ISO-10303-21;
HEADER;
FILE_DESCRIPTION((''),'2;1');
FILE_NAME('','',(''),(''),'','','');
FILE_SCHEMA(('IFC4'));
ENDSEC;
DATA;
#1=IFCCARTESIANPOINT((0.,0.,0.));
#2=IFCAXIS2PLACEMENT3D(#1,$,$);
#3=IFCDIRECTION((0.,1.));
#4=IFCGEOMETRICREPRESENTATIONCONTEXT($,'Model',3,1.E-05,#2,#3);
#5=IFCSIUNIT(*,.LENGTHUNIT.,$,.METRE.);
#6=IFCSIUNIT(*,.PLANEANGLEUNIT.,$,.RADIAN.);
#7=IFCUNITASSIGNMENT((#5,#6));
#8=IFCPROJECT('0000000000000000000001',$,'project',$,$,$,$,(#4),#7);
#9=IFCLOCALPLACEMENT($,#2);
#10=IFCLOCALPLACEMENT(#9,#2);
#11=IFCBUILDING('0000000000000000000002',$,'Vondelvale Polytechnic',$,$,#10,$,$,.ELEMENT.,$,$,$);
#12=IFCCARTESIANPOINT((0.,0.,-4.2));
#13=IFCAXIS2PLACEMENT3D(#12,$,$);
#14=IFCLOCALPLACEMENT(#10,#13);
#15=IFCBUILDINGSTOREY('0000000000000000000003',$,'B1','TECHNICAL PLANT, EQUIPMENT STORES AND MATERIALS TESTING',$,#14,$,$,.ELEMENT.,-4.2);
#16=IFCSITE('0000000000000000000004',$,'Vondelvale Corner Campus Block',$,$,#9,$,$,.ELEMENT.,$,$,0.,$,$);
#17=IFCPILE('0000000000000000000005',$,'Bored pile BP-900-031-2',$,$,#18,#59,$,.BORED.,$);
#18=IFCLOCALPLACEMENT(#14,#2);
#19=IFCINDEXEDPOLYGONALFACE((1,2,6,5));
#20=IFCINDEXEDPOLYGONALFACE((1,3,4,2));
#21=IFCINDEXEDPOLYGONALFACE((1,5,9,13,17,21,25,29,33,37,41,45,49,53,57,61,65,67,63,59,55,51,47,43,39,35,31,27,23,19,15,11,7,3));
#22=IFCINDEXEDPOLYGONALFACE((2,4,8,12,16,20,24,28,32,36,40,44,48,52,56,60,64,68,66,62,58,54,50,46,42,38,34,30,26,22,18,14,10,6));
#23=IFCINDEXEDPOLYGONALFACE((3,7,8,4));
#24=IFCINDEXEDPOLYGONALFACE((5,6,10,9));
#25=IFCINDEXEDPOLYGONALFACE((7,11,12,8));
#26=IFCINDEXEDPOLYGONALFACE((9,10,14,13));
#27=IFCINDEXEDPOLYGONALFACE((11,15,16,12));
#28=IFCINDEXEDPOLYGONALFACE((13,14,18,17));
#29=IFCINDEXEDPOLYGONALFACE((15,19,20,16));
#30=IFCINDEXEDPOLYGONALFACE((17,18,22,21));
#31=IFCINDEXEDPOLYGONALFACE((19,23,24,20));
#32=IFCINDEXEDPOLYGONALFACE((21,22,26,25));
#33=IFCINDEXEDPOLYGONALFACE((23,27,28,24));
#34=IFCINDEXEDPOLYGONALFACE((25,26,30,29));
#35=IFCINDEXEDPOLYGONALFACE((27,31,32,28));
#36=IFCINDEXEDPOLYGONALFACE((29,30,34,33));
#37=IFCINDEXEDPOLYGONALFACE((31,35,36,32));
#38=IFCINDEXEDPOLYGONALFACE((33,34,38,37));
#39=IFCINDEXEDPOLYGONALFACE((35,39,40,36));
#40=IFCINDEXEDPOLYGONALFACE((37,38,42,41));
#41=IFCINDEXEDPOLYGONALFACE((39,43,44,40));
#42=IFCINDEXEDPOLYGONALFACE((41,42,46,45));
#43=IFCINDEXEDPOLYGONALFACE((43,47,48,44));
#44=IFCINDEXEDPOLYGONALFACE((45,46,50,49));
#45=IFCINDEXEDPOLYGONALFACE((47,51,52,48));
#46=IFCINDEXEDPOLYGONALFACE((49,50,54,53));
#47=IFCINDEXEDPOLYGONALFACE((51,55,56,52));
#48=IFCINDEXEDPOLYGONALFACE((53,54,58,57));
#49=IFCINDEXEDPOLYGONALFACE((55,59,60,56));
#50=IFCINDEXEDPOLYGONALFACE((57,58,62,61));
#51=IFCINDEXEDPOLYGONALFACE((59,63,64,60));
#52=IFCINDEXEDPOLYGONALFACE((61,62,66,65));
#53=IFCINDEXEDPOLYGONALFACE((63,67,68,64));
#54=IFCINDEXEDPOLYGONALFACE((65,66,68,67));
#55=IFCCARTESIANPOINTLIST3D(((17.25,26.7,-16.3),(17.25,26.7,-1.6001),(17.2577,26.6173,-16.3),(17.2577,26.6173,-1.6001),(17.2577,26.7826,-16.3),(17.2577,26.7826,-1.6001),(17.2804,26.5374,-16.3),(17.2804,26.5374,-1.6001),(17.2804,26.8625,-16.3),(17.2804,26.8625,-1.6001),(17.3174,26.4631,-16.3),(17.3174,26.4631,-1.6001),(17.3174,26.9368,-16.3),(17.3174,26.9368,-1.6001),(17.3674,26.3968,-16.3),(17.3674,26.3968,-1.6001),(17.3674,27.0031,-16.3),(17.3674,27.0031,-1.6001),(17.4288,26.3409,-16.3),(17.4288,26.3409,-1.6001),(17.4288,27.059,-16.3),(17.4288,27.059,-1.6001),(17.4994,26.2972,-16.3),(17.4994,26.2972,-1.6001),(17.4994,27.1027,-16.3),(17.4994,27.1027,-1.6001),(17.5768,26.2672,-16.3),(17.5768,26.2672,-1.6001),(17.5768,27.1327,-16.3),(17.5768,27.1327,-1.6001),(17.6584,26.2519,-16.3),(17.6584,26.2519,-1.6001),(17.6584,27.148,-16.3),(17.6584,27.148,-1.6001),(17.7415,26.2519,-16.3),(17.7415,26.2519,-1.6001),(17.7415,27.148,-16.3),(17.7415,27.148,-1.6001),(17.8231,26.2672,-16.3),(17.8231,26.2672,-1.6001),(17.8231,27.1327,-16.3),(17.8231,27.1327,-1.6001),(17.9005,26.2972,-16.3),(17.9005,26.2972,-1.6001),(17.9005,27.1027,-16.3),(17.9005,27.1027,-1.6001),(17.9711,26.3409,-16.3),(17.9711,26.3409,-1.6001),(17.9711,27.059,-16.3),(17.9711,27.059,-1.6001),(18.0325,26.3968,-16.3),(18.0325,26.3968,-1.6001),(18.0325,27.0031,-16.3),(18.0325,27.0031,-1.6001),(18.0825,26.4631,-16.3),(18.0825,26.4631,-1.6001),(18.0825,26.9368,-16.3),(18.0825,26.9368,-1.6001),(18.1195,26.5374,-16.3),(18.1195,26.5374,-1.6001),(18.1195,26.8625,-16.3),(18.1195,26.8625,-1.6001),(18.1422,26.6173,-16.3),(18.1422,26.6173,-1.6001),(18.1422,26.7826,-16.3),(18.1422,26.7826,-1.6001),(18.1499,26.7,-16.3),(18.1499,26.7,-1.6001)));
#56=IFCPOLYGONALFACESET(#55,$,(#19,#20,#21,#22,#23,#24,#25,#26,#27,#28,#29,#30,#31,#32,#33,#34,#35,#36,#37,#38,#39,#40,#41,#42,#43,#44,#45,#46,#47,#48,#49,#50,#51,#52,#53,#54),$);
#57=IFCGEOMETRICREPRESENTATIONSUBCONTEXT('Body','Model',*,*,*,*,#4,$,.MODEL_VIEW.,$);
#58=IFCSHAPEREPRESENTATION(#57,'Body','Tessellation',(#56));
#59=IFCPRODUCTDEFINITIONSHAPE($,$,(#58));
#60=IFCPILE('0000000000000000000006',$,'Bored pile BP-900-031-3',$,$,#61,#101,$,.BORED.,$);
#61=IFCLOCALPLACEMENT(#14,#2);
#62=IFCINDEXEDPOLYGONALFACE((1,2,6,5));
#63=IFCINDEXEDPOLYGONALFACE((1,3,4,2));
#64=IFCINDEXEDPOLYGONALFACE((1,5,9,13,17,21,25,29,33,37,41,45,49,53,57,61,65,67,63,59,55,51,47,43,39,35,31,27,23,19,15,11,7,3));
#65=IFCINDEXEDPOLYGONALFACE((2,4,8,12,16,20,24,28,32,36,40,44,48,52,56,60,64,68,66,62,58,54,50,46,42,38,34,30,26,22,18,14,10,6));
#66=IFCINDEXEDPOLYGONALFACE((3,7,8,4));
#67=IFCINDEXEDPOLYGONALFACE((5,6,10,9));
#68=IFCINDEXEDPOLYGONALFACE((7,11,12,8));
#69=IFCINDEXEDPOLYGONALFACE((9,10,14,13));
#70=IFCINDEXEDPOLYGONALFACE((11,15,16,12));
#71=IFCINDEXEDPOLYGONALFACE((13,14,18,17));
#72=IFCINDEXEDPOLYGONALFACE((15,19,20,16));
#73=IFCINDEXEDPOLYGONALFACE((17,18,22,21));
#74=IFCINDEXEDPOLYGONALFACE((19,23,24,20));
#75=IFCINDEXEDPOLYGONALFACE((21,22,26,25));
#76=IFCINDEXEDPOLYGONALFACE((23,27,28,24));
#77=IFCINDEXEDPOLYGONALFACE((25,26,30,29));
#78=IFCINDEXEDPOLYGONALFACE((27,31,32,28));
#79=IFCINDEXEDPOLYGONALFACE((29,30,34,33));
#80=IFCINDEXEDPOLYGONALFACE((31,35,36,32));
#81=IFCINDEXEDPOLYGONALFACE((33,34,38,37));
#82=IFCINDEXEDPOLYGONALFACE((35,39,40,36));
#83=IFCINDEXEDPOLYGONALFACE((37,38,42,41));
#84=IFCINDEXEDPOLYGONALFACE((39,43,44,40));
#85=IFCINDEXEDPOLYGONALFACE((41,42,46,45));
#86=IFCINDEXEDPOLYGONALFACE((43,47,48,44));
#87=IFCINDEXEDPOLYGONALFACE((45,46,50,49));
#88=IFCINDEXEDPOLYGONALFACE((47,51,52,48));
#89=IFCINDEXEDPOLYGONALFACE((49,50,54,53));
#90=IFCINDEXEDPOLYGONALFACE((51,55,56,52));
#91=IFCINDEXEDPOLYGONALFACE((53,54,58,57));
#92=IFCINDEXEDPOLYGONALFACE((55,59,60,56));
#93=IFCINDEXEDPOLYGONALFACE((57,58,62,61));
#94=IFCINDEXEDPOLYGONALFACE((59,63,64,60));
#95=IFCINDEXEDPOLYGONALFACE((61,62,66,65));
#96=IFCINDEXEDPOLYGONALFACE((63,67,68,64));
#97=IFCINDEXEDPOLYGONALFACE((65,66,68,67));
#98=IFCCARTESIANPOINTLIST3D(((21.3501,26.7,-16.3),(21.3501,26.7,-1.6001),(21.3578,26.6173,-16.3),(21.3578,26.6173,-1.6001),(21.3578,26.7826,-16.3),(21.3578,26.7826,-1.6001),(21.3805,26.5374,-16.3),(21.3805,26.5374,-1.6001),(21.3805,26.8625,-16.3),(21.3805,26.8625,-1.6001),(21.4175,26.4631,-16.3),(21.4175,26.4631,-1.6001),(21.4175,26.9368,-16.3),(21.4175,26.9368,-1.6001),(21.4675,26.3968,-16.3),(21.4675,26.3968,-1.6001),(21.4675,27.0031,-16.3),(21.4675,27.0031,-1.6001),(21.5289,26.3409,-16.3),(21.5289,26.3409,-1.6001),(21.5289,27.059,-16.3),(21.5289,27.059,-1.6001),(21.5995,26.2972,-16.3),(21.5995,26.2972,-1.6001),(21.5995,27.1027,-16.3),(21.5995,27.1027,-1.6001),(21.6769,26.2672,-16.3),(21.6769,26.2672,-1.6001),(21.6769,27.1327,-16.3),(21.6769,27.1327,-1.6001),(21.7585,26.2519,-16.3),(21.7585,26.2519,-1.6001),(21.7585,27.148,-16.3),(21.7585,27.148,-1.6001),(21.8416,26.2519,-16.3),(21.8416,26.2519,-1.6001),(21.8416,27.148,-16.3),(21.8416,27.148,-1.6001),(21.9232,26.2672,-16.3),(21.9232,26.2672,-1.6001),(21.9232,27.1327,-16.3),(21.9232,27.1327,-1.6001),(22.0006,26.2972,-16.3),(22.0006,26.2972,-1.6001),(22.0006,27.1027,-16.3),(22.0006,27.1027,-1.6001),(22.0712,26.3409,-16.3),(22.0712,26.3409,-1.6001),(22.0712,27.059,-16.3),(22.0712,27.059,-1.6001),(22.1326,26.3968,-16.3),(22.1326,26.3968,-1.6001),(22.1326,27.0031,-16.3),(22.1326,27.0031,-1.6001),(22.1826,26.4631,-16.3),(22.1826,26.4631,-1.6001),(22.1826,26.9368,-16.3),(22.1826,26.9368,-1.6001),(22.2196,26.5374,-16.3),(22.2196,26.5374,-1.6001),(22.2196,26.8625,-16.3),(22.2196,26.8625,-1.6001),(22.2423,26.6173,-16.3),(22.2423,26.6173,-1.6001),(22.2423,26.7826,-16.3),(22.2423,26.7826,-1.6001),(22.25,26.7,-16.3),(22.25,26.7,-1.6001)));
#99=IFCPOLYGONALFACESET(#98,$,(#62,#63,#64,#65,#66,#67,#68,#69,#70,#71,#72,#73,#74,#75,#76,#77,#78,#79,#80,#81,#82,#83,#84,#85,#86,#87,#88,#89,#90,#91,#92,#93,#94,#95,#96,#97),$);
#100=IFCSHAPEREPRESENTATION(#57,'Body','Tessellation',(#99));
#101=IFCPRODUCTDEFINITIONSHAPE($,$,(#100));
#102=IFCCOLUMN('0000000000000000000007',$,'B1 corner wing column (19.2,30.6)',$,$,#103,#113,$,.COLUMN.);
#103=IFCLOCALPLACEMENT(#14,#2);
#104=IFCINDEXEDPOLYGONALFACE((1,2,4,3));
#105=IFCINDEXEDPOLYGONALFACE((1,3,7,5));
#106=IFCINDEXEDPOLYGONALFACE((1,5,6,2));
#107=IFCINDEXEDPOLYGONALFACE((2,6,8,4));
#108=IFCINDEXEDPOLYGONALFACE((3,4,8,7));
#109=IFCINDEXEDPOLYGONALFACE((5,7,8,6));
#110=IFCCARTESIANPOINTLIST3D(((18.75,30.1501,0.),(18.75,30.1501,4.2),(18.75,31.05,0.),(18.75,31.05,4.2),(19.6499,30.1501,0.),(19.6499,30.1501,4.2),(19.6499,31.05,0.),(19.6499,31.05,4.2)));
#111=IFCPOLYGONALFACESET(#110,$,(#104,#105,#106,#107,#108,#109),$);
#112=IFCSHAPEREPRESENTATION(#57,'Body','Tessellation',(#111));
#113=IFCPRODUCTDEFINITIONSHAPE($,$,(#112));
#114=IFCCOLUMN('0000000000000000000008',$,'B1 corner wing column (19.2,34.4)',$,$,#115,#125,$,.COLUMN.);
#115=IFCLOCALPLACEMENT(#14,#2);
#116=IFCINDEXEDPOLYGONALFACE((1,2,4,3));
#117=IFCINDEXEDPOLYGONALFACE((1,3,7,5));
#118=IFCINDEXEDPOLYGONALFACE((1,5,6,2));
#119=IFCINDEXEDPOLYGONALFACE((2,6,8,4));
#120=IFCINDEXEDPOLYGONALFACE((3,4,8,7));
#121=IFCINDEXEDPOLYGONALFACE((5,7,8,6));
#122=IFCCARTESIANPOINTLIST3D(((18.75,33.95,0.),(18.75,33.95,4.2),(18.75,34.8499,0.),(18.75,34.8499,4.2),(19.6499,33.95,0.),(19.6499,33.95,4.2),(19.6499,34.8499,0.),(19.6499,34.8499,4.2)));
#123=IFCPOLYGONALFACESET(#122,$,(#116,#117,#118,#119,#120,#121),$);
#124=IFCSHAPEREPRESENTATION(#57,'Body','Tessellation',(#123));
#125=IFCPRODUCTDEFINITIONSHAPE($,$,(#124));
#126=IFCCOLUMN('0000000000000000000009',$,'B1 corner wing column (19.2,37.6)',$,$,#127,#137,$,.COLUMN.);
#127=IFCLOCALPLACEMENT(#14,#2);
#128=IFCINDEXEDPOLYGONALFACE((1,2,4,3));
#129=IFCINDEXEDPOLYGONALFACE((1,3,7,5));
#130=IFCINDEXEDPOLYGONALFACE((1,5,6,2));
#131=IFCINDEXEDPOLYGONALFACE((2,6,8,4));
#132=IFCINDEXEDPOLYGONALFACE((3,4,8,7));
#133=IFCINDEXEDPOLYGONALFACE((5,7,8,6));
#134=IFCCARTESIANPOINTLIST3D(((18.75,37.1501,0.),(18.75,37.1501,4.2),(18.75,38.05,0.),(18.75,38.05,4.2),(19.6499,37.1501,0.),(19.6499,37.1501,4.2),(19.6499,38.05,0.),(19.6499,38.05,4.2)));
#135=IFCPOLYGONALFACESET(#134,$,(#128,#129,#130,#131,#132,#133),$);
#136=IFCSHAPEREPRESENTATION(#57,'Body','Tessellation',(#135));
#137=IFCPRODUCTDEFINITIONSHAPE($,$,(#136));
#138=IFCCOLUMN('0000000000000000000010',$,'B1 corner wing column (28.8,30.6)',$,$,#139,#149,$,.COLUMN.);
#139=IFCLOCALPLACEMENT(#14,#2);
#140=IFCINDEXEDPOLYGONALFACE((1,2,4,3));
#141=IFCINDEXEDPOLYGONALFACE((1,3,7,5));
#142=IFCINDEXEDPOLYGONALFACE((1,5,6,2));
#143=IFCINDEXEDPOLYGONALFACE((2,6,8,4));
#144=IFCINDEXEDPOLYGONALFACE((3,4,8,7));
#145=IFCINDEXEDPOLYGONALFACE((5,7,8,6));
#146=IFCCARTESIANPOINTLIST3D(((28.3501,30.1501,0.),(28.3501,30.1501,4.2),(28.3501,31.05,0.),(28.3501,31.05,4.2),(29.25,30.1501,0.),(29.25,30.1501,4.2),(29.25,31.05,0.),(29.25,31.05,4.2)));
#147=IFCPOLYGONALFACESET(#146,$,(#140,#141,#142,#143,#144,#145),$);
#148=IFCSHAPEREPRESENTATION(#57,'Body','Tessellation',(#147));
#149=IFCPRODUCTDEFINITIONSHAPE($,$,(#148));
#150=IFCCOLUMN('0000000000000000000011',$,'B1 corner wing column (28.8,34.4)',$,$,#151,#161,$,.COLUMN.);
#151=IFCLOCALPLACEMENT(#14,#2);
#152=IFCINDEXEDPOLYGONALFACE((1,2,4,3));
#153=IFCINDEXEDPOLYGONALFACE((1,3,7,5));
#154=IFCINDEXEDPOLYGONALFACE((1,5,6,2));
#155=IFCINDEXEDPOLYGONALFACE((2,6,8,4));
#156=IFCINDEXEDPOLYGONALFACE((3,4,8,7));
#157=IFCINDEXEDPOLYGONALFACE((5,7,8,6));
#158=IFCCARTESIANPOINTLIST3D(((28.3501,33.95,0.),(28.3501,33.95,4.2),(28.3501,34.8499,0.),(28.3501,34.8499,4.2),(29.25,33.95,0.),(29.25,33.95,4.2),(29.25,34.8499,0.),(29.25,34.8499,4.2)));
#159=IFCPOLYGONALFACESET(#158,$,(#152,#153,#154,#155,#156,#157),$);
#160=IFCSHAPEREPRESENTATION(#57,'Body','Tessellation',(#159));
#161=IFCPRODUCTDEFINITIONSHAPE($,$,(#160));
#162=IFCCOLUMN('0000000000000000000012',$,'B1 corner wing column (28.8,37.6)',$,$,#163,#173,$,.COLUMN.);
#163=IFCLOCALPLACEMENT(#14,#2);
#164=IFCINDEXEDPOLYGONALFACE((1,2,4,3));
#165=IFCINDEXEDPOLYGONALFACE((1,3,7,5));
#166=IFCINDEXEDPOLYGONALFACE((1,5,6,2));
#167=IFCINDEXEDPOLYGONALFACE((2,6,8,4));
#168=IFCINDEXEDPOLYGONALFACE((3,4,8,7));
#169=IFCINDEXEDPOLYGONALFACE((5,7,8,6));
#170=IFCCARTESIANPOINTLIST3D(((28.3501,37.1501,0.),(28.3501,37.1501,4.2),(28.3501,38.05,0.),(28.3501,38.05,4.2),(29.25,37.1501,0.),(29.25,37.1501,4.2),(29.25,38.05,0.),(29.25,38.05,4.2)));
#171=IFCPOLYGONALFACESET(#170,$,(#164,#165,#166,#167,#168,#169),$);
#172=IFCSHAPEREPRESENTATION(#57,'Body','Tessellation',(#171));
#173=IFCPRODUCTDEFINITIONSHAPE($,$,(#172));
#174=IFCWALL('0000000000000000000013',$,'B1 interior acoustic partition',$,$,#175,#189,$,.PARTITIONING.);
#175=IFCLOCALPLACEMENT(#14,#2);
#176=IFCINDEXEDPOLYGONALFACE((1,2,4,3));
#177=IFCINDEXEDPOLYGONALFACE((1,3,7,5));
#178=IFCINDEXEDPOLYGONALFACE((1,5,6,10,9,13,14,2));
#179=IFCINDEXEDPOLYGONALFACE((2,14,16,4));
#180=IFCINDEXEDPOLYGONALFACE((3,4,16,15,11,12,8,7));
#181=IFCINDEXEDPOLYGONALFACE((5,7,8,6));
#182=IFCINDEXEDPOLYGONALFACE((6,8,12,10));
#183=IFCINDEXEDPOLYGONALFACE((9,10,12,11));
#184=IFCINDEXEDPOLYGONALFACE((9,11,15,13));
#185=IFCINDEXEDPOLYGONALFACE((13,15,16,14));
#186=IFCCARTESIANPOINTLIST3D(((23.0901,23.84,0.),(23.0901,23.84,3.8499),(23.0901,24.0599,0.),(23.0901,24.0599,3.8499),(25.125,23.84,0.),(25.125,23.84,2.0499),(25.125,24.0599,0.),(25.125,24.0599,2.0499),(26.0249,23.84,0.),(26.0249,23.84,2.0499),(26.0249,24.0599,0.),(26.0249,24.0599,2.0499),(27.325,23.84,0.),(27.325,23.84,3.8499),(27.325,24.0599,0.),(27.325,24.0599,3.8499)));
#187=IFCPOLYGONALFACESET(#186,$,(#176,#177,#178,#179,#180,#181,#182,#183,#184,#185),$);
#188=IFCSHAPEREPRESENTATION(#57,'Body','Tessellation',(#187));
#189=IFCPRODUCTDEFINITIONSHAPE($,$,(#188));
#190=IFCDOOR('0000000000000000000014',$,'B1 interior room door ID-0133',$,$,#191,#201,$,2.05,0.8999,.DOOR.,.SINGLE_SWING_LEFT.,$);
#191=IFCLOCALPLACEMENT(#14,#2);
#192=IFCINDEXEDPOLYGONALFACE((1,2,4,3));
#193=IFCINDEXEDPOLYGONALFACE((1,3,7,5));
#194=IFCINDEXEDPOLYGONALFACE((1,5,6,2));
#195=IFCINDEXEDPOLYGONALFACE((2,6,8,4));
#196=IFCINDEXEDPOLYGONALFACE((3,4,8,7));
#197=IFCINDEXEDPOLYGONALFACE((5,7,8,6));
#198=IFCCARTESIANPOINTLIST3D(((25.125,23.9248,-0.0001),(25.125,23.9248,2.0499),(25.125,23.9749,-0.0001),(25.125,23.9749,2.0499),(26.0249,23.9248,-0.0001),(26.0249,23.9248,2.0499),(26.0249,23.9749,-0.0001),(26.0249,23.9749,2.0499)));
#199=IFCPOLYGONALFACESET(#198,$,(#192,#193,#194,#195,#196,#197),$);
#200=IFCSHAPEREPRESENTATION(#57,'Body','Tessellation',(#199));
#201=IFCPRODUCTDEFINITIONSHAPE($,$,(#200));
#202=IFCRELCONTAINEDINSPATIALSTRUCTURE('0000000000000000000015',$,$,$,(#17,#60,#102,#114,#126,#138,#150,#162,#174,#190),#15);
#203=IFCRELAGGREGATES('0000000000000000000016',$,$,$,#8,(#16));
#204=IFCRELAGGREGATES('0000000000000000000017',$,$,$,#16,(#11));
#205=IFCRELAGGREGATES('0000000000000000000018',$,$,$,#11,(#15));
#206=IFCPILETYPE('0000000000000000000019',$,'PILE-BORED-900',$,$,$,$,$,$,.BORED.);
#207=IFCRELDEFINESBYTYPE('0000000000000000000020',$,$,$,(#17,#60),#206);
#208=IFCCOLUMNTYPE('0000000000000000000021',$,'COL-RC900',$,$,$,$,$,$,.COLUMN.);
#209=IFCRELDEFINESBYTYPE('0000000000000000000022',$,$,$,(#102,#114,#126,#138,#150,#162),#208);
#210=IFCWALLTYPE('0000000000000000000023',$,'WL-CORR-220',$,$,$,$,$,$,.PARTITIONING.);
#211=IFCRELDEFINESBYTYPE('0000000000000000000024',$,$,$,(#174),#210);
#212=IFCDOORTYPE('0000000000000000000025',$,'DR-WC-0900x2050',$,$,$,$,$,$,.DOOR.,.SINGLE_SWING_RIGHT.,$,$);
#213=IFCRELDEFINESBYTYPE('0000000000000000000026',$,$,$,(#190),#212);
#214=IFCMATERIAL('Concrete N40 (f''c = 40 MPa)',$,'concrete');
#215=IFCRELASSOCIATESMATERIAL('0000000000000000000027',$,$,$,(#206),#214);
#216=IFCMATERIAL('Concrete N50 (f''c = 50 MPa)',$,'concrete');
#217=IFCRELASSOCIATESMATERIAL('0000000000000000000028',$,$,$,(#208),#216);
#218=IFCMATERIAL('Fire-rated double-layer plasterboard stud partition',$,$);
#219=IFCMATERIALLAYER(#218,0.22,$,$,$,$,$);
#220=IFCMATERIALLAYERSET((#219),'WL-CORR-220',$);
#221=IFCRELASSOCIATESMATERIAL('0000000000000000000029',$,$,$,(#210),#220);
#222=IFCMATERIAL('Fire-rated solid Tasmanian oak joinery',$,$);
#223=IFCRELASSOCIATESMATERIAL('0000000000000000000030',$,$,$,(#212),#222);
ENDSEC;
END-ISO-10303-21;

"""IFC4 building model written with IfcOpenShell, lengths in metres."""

from ifc_helpers import new_model, si_unit, direction, frame, frame_2d, origin, origin_2d, place, context, subcontext, project, spatial, rectangle, circle, extrude, material, layer, layer_set, material_profile, profile_set, type_object, element, fill, save


model = new_model("IFC4")

# Units and contexts
model_context = context("Model", 3, precision=1e-05, world=origin(), true_north=direction((0.0, 1.0)))
body_context = subcontext(model_context, "Body", "Model", "MODEL_VIEW")
ifc_project = project(units=[si_unit("LENGTHUNIT", "METRE"), si_unit("PLANEANGLEUNIT", "RADIAN")], contexts=[model_context])

# Site, building, storey
site_placement = place(None, origin())
site = spatial("IfcSite", under=ifc_project, at=site_placement, Name="Vondelvale Corner Campus Block", CompositionType="ELEMENT", RefElevation=0.0)
building_placement = place(site_placement, origin())
building = spatial("IfcBuilding", under=site, at=building_placement, Name="Vondelvale Polytechnic", CompositionType="ELEMENT")
storey_placement = place(building_placement, frame((0.0, 0.0, -4.2)))
storey = spatial("IfcBuildingStorey", under=building, at=storey_placement, Name="B1", Description="TECHNICAL PLANT, EQUIPMENT STORES AND MATERIALS TESTING", CompositionType="ELEMENT", Elevation=-4.2)

# Shared definitions
ifc_material_1 = material(Name="Concrete N40 (f'c = 40 MPa)", Category="concrete")

# Piles
ifc_material_profile_1 = material_profile(ifc_material_1, circle(Radius=0.45, at=origin_2d()), Name="PILE-D900")
ifc_profile_set_1 = profile_set([ifc_material_profile_1], Name="Concrete N40 (f'c = 40 MPa)")
pile_type_1 = type_object("IfcPileType", Name="PILE-BORED-900", PredefinedType="BORED", material=ifc_profile_set_1)
for number, where, z_axis, x_axis, name in (
    (1, (17.7, 26.7, -1.6001), (0.0, 0.0, -1.0), (1.0, 0.0, 0.0), "Bored pile BP-900-031-2"),
    (2, (21.8, 26.7, -1.6001), (0.0, 0.0, -1.0), (1.0, 0.0, 0.0), "Bored pile BP-900-031-3"),
):
    element("IfcPile", number, at=place(storey_placement, frame(where, z_axis=z_axis, x_axis=x_axis)), inside=storey, type_object=pile_type_1, Name=name, PredefinedType="BORED", context=body_context, shape_type="SweptSolid", body=[
        extrude(circle(Radius=0.45, at=origin_2d()), origin(), (0.0, 0.0, 1.0), 14.7),
    ])

# Columns
ifc_material_2 = material(Name="Concrete N50 (f'c = 50 MPa)", Category="concrete")
ifc_material_profile_2 = material_profile(ifc_material_2, rectangle(XDim=0.8999, YDim=0.8999, at=origin_2d()), Name="RC-COL-900x900")
ifc_profile_set_2 = profile_set([ifc_material_profile_2], Name="Concrete N50 (f'c = 50 MPa)")
column_type = type_object("IfcColumnType", Name="COL-RC900", PredefinedType="COLUMN", material=ifc_profile_set_2)
for number, where, z_axis, x_axis, name in (
    (3, (19.2, 30.6001, 0.0), (0.0, 0.0, 1.0), (1.0, 0.0, 0.0), "B1 corner wing column (19.2,30.6)"),
    (4, (19.2, 34.3999, 0.0), (0.0, 0.0, 1.0), (1.0, 0.0, 0.0), "B1 corner wing column (19.2,34.4)"),
    (5, (19.2, 37.6001, 0.0), (0.0, 0.0, 1.0), (1.0, 0.0, 0.0), "B1 corner wing column (19.2,37.6)"),
    (6, (28.8, 30.6001, 0.0), (0.0, 0.0, 1.0), (1.0, 0.0, 0.0), "B1 corner wing column (28.8,30.6)"),
    (7, (28.8, 34.3999, 0.0), (0.0, 0.0, 1.0), (1.0, 0.0, 0.0), "B1 corner wing column (28.8,34.4)"),
    (8, (28.8, 37.6001, 0.0), (0.0, 0.0, 1.0), (1.0, 0.0, 0.0), "B1 corner wing column (28.8,37.6)"),
):
    element("IfcColumn", number, at=place(storey_placement, frame(where, z_axis=z_axis, x_axis=x_axis)), inside=storey, type_object=column_type, Name=name, PredefinedType="COLUMN", context=body_context, shape_type="SweptSolid", body=[
        extrude(rectangle(XDim=0.8999, YDim=0.8999, at=origin_2d()), origin(), (0.0, 0.0, 1.0), 4.2),
    ])

# Wall, opening, door
ifc_material_3 = material(Name="Fire-rated double-layer plasterboard stud partition")
ifc_layer_1 = layer(ifc_material_3, 0.22)
ifc_layer_set_1 = layer_set([ifc_layer_1], Name="WL-CORR-220")
wall_type_1 = type_object("IfcWallType", Name="WL-CORR-220", PredefinedType="PARTITIONING", material=ifc_layer_set_1)
wall_1_placement = place(storey_placement, frame((23.0901, 23.95, 0.0), z_axis=(0.0, 0.0, 1.0), x_axis=(1.0, 0.0, 0.0)))
wall_1 = element("IfcWall", 9, at=wall_1_placement, inside=storey, type_object=wall_type_1, Name="B1 interior acoustic partition", PredefinedType="PARTITIONING", context=body_context, shape_type="SweptSolid", body=[
    extrude(rectangle(XDim=4.2349, YDim=0.22, at=frame_2d((2.1174, 0.0))), origin(), (0.0, 0.0, 1.0), 3.8499),
])
opening_1_placement = place(wall_1_placement, frame((2.0349, 0.0, 0.0)))
opening_1 = element("IfcOpeningElement", 10, at=opening_1_placement, cuts=wall_1, PredefinedType="OPENING", context=body_context, shape_type="SweptSolid", body=[
    extrude(rectangle(XDim=0.8999, YDim=2.05, at=frame_2d((0.45, 1.0249))), frame((0.0, 0.1199, 0.0), z_axis=(0.0, -1.0, 0.0), x_axis=(1.0, 0.0, 0.0)), (0.0, 0.0, 1.0), 0.24),
])
ifc_material_4 = material(Name="Fire-rated solid Tasmanian oak joinery")
door_type_1 = type_object("IfcDoorType", Name="DR-WC-0900x2050", OperationType="SINGLE_SWING_RIGHT", PredefinedType="DOOR", material=ifc_material_4)
door_1_placement = place(opening_1_placement, origin())
door_1 = element("IfcDoor", 11, at=door_1_placement, inside=storey, type_object=door_type_1, Name="B1 interior room door ID-0133", OperationType="SINGLE_SWING_LEFT", OverallHeight=2.05, OverallWidth=0.8999, PredefinedType="DOOR", context=body_context, shape_type="SweptSolid", body=[
    extrude(rectangle(XDim=0.8999, YDim=2.05, at=frame_2d((0.45, 1.0249))), frame((0.0, 0.0249, 0.0), z_axis=(0.0, -1.0, 0.0), x_axis=(1.0, 0.0, 0.0)), (0.0, 0.0, 1.0), 0.05),
])
fill(opening_1, door_1)

save(model, "model.ifc")
